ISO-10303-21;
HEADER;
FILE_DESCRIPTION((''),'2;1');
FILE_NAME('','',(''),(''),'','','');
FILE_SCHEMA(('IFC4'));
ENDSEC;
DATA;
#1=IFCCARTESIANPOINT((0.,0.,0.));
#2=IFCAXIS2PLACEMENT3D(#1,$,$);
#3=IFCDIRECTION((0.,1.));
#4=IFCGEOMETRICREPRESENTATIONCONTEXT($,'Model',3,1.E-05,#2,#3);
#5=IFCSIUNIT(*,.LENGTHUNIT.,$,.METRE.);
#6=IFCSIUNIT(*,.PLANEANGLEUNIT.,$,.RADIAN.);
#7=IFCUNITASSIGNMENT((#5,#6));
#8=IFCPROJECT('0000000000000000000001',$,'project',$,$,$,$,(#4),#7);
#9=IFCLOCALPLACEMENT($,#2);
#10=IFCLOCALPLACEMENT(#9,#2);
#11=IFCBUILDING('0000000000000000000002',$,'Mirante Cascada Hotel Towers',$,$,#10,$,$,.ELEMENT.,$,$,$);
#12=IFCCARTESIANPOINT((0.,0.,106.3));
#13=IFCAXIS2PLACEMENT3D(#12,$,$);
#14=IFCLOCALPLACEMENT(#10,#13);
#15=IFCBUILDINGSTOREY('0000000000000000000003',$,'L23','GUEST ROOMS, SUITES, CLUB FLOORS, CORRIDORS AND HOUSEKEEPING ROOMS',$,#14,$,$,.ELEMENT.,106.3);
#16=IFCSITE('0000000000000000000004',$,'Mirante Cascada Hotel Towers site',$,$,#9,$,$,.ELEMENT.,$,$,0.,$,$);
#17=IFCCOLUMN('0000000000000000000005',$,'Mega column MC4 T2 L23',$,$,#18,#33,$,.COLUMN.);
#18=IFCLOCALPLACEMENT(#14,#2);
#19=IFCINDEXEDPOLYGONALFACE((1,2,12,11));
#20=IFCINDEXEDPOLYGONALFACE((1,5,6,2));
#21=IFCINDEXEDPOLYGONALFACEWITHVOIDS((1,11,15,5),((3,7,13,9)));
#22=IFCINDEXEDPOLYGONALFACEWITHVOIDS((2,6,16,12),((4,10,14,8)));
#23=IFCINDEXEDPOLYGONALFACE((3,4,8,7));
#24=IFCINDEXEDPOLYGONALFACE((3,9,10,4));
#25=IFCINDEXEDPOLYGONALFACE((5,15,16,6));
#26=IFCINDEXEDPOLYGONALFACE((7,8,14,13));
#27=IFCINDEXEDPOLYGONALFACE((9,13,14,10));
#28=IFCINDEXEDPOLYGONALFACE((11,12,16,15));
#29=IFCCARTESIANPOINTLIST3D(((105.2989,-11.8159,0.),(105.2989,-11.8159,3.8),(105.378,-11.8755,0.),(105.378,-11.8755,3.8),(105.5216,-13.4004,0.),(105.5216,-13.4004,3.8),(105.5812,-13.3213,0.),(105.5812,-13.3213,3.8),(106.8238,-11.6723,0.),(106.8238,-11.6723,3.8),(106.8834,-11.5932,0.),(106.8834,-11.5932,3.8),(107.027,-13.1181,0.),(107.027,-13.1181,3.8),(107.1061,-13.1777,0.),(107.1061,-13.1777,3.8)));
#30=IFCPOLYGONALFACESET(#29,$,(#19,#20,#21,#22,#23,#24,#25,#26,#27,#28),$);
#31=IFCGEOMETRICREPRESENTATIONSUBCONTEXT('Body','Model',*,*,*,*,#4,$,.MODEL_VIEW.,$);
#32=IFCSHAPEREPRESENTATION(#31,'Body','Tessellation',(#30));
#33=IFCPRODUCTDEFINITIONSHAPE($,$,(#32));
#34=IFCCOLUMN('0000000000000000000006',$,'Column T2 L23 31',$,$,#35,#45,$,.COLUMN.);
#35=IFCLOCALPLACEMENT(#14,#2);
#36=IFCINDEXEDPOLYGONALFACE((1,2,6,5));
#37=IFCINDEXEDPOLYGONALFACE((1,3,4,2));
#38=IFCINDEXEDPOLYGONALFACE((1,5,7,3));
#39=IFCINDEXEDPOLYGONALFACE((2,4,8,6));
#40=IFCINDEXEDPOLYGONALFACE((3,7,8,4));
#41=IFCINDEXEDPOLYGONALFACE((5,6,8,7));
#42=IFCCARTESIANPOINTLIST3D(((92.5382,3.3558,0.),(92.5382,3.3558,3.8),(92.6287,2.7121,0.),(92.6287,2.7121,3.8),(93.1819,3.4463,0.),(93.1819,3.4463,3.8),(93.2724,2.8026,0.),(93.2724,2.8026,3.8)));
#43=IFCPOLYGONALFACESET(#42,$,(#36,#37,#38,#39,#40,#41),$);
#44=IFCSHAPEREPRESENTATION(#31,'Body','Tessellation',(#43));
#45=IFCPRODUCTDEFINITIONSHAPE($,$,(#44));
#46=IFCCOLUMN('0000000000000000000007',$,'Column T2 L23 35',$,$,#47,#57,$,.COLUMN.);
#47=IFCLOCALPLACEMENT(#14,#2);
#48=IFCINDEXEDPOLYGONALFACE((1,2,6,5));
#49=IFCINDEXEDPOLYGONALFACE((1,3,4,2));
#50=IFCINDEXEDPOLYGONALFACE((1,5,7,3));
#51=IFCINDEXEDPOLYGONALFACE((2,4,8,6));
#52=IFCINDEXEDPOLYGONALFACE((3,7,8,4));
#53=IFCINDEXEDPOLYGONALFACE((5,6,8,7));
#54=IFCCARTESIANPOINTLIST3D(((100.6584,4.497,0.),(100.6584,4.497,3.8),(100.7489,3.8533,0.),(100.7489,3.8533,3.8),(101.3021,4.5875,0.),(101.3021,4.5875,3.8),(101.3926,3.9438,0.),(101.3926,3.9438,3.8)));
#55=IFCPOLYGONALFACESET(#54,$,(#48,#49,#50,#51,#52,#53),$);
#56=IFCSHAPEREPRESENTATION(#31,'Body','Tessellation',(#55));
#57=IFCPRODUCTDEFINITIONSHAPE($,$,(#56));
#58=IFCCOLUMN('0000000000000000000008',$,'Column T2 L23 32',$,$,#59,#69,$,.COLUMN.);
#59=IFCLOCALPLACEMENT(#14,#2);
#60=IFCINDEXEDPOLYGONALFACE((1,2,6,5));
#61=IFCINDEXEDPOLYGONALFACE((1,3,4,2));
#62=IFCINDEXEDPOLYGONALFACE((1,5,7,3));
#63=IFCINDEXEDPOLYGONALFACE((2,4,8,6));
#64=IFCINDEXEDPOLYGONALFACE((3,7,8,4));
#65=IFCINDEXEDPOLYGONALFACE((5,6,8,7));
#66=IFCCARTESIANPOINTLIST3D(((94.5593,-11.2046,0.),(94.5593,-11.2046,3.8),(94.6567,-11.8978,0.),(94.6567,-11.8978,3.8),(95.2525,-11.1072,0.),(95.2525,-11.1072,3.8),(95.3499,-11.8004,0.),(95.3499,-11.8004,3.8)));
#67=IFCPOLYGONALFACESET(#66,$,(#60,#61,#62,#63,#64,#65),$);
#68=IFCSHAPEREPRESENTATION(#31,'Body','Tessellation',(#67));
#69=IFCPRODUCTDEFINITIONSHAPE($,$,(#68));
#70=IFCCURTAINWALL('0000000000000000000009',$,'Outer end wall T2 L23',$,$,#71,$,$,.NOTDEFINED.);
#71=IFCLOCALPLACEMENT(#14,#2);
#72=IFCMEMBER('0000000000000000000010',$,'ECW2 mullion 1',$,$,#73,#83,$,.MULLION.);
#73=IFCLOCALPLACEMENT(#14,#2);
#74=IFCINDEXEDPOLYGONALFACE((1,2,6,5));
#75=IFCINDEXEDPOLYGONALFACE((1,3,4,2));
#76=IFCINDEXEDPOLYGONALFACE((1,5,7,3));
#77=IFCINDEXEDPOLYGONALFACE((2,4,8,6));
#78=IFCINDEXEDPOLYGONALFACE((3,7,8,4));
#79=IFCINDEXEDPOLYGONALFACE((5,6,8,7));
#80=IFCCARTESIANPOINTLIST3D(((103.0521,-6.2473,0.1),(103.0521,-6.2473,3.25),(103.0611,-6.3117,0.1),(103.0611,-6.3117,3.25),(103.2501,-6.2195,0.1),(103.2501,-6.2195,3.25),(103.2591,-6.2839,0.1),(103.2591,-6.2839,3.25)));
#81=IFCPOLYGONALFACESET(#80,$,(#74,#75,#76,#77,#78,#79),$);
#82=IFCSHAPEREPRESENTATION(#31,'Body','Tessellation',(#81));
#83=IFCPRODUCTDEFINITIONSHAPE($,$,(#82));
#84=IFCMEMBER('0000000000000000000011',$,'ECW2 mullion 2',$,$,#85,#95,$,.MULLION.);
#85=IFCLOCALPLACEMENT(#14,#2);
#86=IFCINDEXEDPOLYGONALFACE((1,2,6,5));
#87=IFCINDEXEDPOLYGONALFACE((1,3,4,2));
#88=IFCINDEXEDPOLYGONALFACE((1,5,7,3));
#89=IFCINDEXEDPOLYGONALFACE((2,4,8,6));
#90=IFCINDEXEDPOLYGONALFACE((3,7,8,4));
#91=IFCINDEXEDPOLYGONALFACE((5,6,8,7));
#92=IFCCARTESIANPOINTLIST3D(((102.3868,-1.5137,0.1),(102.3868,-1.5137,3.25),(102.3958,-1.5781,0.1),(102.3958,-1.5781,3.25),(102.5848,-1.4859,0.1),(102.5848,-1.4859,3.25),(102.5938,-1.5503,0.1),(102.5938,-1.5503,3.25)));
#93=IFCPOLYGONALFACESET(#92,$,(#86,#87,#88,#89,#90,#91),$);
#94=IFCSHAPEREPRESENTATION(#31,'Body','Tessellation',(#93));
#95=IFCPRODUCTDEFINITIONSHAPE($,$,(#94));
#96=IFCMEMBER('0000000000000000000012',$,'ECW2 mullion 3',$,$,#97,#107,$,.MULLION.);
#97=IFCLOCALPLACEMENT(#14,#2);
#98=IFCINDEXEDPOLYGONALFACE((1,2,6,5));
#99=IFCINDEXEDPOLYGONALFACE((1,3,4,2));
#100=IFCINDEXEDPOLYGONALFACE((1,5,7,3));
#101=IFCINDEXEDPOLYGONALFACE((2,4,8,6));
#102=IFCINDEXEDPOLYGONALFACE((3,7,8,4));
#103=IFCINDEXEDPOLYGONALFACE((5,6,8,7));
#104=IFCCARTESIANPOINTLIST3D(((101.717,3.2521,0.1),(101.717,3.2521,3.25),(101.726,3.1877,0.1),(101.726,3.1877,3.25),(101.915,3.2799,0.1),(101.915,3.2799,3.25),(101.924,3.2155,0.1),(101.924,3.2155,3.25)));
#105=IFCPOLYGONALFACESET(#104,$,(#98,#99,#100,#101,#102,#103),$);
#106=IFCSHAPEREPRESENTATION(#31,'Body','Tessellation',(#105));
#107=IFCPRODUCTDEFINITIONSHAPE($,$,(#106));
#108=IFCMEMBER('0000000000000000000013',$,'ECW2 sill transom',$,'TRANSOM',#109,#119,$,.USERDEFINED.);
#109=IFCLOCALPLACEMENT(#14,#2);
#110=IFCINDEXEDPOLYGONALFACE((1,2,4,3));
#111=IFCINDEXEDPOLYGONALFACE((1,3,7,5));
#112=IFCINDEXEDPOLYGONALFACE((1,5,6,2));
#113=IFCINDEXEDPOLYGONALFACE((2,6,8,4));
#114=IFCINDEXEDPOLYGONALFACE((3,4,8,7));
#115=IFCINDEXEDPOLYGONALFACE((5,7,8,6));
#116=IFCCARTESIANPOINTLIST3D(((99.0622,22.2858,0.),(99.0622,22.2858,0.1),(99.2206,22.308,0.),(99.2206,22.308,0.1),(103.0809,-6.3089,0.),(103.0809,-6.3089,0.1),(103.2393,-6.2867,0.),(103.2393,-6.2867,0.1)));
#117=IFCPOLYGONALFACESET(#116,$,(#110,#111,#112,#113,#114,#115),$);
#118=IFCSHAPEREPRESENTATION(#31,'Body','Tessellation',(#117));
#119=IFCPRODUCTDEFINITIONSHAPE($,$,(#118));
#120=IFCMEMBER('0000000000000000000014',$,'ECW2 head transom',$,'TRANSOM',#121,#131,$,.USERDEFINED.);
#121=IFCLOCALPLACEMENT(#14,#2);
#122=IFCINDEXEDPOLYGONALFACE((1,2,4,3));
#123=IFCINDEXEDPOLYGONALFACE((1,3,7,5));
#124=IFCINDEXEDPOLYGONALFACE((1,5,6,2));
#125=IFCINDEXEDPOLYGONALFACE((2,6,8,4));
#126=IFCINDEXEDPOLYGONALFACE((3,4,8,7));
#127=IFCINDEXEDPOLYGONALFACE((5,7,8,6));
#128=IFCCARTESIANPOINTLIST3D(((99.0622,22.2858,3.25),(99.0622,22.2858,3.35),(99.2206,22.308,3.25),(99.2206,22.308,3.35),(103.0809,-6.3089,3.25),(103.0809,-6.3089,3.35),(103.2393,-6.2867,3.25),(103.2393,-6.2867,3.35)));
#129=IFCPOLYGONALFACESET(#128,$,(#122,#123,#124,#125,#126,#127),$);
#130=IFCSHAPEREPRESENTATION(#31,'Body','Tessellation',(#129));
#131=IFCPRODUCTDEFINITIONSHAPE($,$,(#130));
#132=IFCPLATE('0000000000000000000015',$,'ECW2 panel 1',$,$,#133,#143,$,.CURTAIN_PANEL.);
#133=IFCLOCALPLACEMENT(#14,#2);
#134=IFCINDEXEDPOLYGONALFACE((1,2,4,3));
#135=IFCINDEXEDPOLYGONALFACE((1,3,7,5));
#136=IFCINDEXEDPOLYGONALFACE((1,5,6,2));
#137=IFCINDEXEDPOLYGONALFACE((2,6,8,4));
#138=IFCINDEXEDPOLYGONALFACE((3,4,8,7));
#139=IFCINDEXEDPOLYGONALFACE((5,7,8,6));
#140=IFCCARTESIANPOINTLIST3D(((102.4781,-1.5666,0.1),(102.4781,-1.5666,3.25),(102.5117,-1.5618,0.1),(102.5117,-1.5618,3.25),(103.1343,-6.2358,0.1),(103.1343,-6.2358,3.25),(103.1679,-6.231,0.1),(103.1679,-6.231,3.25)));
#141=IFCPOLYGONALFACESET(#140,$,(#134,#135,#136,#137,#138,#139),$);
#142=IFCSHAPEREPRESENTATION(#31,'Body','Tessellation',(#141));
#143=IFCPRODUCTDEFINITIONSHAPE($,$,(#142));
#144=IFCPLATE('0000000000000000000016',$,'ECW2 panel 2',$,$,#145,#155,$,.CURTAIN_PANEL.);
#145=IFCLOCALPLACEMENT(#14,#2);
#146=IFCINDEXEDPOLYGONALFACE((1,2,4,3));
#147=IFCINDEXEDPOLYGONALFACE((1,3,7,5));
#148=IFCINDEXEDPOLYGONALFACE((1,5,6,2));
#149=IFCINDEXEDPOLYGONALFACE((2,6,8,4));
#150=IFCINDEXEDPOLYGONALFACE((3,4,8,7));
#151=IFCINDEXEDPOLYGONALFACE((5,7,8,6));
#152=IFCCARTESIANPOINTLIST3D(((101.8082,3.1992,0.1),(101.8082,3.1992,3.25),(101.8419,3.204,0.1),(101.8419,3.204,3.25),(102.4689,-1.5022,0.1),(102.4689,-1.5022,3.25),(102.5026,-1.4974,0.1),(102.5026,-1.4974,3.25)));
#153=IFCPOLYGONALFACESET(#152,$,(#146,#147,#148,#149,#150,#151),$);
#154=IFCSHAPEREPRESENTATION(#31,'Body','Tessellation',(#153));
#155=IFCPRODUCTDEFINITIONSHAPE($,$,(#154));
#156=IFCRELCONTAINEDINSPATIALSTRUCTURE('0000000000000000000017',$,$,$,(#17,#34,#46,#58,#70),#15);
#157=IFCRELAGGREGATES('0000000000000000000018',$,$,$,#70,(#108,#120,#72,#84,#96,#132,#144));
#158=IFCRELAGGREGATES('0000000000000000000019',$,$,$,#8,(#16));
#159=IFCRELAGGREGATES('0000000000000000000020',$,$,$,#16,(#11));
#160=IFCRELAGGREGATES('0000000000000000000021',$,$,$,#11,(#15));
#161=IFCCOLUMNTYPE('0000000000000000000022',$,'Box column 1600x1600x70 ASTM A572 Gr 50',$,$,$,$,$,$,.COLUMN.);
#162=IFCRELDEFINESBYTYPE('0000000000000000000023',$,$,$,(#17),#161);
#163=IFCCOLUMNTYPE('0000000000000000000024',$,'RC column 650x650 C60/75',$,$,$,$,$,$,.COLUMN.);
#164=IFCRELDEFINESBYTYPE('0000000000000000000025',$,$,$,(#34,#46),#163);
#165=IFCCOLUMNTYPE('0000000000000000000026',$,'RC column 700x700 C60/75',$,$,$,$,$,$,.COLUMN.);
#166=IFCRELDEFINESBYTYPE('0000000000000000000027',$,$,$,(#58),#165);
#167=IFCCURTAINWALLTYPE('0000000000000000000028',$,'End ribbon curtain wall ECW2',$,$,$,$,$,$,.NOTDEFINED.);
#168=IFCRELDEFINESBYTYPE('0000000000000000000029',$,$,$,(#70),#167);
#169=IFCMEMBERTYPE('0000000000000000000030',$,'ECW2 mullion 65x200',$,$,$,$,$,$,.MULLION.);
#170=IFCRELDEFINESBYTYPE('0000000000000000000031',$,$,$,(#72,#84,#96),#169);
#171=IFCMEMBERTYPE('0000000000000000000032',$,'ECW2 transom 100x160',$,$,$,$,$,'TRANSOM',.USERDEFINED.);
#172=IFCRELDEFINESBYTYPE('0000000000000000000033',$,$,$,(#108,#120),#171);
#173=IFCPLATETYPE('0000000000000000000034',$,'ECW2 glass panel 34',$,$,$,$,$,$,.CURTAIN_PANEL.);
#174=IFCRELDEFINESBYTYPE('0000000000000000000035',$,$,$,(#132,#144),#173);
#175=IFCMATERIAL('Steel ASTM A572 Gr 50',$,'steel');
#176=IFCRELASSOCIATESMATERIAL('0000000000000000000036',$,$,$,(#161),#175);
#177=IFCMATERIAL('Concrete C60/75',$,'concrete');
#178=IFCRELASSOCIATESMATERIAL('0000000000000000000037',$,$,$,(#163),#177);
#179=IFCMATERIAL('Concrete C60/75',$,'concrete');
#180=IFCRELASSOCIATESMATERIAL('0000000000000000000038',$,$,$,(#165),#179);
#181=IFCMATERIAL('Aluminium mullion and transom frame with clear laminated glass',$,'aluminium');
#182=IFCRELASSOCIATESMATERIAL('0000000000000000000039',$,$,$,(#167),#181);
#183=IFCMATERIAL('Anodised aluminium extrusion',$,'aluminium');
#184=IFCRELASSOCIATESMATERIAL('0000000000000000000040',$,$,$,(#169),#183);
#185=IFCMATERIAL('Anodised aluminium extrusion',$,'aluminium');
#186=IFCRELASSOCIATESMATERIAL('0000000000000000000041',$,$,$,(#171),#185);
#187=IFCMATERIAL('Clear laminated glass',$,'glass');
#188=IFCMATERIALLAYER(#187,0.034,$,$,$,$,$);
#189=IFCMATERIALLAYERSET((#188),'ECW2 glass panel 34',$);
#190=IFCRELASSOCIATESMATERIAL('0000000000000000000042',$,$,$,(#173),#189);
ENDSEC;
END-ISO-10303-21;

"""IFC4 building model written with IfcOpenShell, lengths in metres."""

from ifc_helpers import new_model, si_unit, direction, frame, origin, origin_2d, place, context, subcontext, project, spatial, rectangle, hollow_rectangle, extrude, material, layer, layer_set, material_profile, profile_set, type_object, element, aggregate, save


model = new_model("IFC4")

# Units and contexts
model_context = context("Model", 3, precision=1e-05, world=origin(), true_north=direction((0.0, 1.0)))
body_context = subcontext(model_context, "Body", "Model", "MODEL_VIEW")
ifc_project = project(units=[si_unit("LENGTHUNIT", "METRE"), si_unit("PLANEANGLEUNIT", "RADIAN")], contexts=[model_context])

# Site, building, storey
site_placement = place(None, origin())
site = spatial("IfcSite", under=ifc_project, at=site_placement, Name="Mirante Cascada Hotel Towers site", CompositionType="ELEMENT", RefElevation=0.0)
building_placement = place(site_placement, origin())
building = spatial("IfcBuilding", under=site, at=building_placement, Name="Mirante Cascada Hotel Towers", CompositionType="ELEMENT")
storey_placement = place(building_placement, frame((0.0, 0.0, 106.3)))
storey = spatial("IfcBuildingStorey", under=building, at=storey_placement, Name="L23", Description="GUEST ROOMS, SUITES, CLUB FLOORS, CORRIDORS AND HOUSEKEEPING ROOMS", CompositionType="ELEMENT", Elevation=106.3)

# Columns
ifc_material_1 = material(Name="Steel ASTM A572 Gr 50", Category="steel")
ifc_material_profile_1 = material_profile(ifc_material_1, hollow_rectangle(XDim=1.6, YDim=1.6, WallThickness=0.07, at=origin_2d()), Name="Box column 1600x1600x70 ASTM A572 Gr 50")
ifc_profile_set_1 = profile_set([ifc_material_profile_1], Name="Steel ASTM A572 Gr 50")
column_type_1 = type_object("IfcColumnType", Name="Box column 1600x1600x70 ASTM A572 Gr 50", PredefinedType="COLUMN", material=ifc_profile_set_1)
column_1_placement = place(storey_placement, frame((106.2025, -12.4968, 0.0), z_axis=(0.0, 0.0, 1.0), x_axis=(0.990268, 0.139173, 0.0)))
element("IfcColumn", 1, at=column_1_placement, inside=storey, type_object=column_type_1, Name="Mega column MC4 T2 L23", PredefinedType="COLUMN", context=body_context, shape_type="SweptSolid", body=[
    extrude(hollow_rectangle(XDim=1.6, YDim=1.6, WallThickness=0.07, at=origin_2d()), origin(), (0.0, 0.0, 1.0), 3.8),
])
ifc_material_2 = material(Name="Concrete C60/75", Category="concrete")
ifc_material_profile_2 = material_profile(ifc_material_2, rectangle(XDim=0.65, YDim=0.65, at=origin_2d()), Name="RC column 650x650 C60/75")
ifc_profile_set_2 = profile_set([ifc_material_profile_2], Name="Concrete C60/75")
column_type_2 = type_object("IfcColumnType", Name="RC column 650x650 C60/75", PredefinedType="COLUMN", material=ifc_profile_set_2)
for number, where, z_axis, x_axis, name in (
    (2, (92.9053, 3.0792, 0.0), (0.0, 0.0, 1.0), (0.990268, 0.139173, 0.0), "Column T2 L23 31"),
    (3, (101.0255, 4.2204, 0.0), (0.0, 0.0, 1.0), (0.990268, 0.139173, 0.0), "Column T2 L23 35"),
):
    element("IfcColumn", number, at=place(storey_placement, frame(where, z_axis=z_axis, x_axis=x_axis)), inside=storey, type_object=column_type_2, Name=name, PredefinedType="COLUMN", context=body_context, shape_type="SweptSolid", body=[
        extrude(rectangle(XDim=0.65, YDim=0.65, at=origin_2d()), origin(), (0.0, 0.0, 1.0), 3.8),
    ])
ifc_material_3 = material(Name="Concrete C60/75", Category="concrete")
ifc_material_profile_3 = material_profile(ifc_material_3, rectangle(XDim=0.7, YDim=0.7, at=origin_2d()), Name="RC column 700x700 C60/75")
ifc_profile_set_3 = profile_set([ifc_material_profile_3], Name="Concrete C60/75")
column_type_3 = type_object("IfcColumnType", Name="RC column 700x700 C60/75", PredefinedType="COLUMN", material=ifc_profile_set_3)
column_2_placement = place(storey_placement, frame((94.9546, -11.5025, 0.0), z_axis=(0.0, 0.0, 1.0), x_axis=(0.990268, 0.139173, 0.0)))
element("IfcColumn", 4, at=column_2_placement, inside=storey, type_object=column_type_3, Name="Column T2 L23 32", PredefinedType="COLUMN", context=body_context, shape_type="SweptSolid", body=[
    extrude(rectangle(XDim=0.7, YDim=0.7, at=origin_2d()), origin(), (0.0, 0.0, 1.0), 3.8),
])

# Curtain wall, members, plates
ifc_material_4 = material(Name="Aluminium mullion and transom frame with clear laminated glass", Category="aluminium")
curtain_wall_type = type_object("IfcCurtainWallType", Name="End ribbon curtain wall ECW2", PredefinedType="NOTDEFINED", material=ifc_material_4)
curtain_wall_placement = place(storey_placement, origin())
curtain_wall = element("IfcCurtainWall", 5, at=curtain_wall_placement, inside=storey, type_object=curtain_wall_type, Name="Outer end wall T2 L23", PredefinedType="NOTDEFINED")
ifc_material_5 = material(Name="Anodised aluminium extrusion", Category="aluminium")
ifc_material_profile_4 = material_profile(ifc_material_5, rectangle(XDim=0.2, YDim=0.065, at=origin_2d()), Name="ECW2 MULLION 65x200")
ifc_profile_set_4 = profile_set([ifc_material_profile_4], Name="Anodised aluminium extrusion")
member_type_1 = type_object("IfcMemberType", Name="ECW2 mullion 65x200", PredefinedType="MULLION", material=ifc_profile_set_4)
member_1_placement = place(storey_placement, frame((103.1556, -6.2656, 0.1), z_axis=(0.0, 0.0, 1.0), x_axis=(-0.990268, -0.139173, 0.0)))
member_1 = element("IfcMember", 6, at=member_1_placement, type_object=member_type_1, Name="ECW2 mullion 1", PredefinedType="MULLION", context=body_context, shape_type="SweptSolid", body=[
    extrude(rectangle(XDim=0.2, YDim=0.065, at=origin_2d()), origin(), (0.0, 0.0, 1.0), 3.15),
])
member_2_placement = place(storey_placement, frame((102.4903, -1.532, 0.1), z_axis=(0.0, 0.0, 1.0), x_axis=(-0.990268, -0.139173, 0.0)))
member_2 = element("IfcMember", 7, at=member_2_placement, type_object=member_type_1, Name="ECW2 mullion 2", PredefinedType="MULLION", context=body_context, shape_type="SweptSolid", body=[
    extrude(rectangle(XDim=0.2, YDim=0.065, at=origin_2d()), origin(), (0.0, 0.0, 1.0), 3.15),
])
member_3_placement = place(storey_placement, frame((101.8205, 3.2338, 0.1), z_axis=(0.0, 0.0, 1.0), x_axis=(-0.990268, -0.139173, 0.0)))
member_3 = element("IfcMember", 8, at=member_3_placement, type_object=member_type_1, Name="ECW2 mullion 3", PredefinedType="MULLION", context=body_context, shape_type="SweptSolid", body=[
    extrude(rectangle(XDim=0.2, YDim=0.065, at=origin_2d()), origin(), (0.0, 0.0, 1.0), 3.15),
])
ifc_material_6 = material(Name="Anodised aluminium extrusion", Category="aluminium")
ifc_material_profile_5 = material_profile(ifc_material_6, rectangle(XDim=0.16, YDim=0.1, at=origin_2d()), Name="ECW2 TRANSOM 100x160")
ifc_profile_set_5 = profile_set([ifc_material_profile_5], Name="Anodised aluminium extrusion")
member_type_2 = type_object("IfcMemberType", Name="ECW2 transom 100x160", ElementType="TRANSOM", PredefinedType="USERDEFINED", material=ifc_profile_set_5)
member_4_placement = place(storey_placement, frame((103.1601, -6.2978, 0.05), z_axis=(-0.139172, 0.990268, 0.0), x_axis=(-0.990268, -0.139172, 0.0)))
member_4 = element("IfcMember", 9, at=member_4_placement, type_object=member_type_2, Name="ECW2 sill transom", ObjectType="TRANSOM", PredefinedType="USERDEFINED", context=body_context, shape_type="SweptSolid", body=[
    extrude(rectangle(XDim=0.16, YDim=0.1, at=origin_2d()), origin(), (0.0, 0.0, 1.0), 28.8757),
])
member_5_placement = place(storey_placement, frame((103.1601, -6.2978, 3.3), z_axis=(-0.139172, 0.990268, 0.0), x_axis=(-0.990268, -0.139172, 0.0)))
member_5 = element("IfcMember", 10, at=member_5_placement, type_object=member_type_2, Name="ECW2 head transom", ObjectType="TRANSOM", PredefinedType="USERDEFINED", context=body_context, shape_type="SweptSolid", body=[
    extrude(rectangle(XDim=0.16, YDim=0.1, at=origin_2d()), origin(), (0.0, 0.0, 1.0), 28.8757),
])
ifc_material_7 = material(Name="Clear laminated glass", Category="glass")
ifc_layer_1 = layer(ifc_material_7, 0.034)
ifc_layer_set_1 = layer_set([ifc_layer_1], Name="ECW2 glass panel 34")
plate_type = type_object("IfcPlateType", Name="ECW2 glass panel 34", PredefinedType="CURTAIN_PANEL", material=ifc_layer_set_1)
plate_1_placement = place(storey_placement, frame((102.823, -3.8988, 0.1), z_axis=(0.0, 0.0, 1.0), x_axis=(-0.139173, 0.990268, 0.0)))
plate_1 = element("IfcPlate", 11, at=plate_1_placement, type_object=plate_type, Name="ECW2 panel 1", PredefinedType="CURTAIN_PANEL", context=body_context, shape_type="SweptSolid", body=[
    extrude(rectangle(XDim=4.7151, YDim=0.034, at=origin_2d()), origin(), (0.0, 0.0, 1.0), 3.15),
])
plate_2_placement = place(storey_placement, frame((102.1554, 0.8509, 0.1), z_axis=(0.0, 0.0, 1.0), x_axis=(-0.139173, 0.990268, 0.0)))
plate_2 = element("IfcPlate", 12, at=plate_2_placement, type_object=plate_type, Name="ECW2 panel 2", PredefinedType="CURTAIN_PANEL", context=body_context, shape_type="SweptSolid", body=[
    extrude(rectangle(XDim=4.7476, YDim=0.034, at=origin_2d()), origin(), (0.0, 0.0, 1.0), 3.15),
])
aggregate(curtain_wall, [member_4, member_5, member_1, member_2, member_3, plate_1, plate_2])

save(model, "model.ifc")
